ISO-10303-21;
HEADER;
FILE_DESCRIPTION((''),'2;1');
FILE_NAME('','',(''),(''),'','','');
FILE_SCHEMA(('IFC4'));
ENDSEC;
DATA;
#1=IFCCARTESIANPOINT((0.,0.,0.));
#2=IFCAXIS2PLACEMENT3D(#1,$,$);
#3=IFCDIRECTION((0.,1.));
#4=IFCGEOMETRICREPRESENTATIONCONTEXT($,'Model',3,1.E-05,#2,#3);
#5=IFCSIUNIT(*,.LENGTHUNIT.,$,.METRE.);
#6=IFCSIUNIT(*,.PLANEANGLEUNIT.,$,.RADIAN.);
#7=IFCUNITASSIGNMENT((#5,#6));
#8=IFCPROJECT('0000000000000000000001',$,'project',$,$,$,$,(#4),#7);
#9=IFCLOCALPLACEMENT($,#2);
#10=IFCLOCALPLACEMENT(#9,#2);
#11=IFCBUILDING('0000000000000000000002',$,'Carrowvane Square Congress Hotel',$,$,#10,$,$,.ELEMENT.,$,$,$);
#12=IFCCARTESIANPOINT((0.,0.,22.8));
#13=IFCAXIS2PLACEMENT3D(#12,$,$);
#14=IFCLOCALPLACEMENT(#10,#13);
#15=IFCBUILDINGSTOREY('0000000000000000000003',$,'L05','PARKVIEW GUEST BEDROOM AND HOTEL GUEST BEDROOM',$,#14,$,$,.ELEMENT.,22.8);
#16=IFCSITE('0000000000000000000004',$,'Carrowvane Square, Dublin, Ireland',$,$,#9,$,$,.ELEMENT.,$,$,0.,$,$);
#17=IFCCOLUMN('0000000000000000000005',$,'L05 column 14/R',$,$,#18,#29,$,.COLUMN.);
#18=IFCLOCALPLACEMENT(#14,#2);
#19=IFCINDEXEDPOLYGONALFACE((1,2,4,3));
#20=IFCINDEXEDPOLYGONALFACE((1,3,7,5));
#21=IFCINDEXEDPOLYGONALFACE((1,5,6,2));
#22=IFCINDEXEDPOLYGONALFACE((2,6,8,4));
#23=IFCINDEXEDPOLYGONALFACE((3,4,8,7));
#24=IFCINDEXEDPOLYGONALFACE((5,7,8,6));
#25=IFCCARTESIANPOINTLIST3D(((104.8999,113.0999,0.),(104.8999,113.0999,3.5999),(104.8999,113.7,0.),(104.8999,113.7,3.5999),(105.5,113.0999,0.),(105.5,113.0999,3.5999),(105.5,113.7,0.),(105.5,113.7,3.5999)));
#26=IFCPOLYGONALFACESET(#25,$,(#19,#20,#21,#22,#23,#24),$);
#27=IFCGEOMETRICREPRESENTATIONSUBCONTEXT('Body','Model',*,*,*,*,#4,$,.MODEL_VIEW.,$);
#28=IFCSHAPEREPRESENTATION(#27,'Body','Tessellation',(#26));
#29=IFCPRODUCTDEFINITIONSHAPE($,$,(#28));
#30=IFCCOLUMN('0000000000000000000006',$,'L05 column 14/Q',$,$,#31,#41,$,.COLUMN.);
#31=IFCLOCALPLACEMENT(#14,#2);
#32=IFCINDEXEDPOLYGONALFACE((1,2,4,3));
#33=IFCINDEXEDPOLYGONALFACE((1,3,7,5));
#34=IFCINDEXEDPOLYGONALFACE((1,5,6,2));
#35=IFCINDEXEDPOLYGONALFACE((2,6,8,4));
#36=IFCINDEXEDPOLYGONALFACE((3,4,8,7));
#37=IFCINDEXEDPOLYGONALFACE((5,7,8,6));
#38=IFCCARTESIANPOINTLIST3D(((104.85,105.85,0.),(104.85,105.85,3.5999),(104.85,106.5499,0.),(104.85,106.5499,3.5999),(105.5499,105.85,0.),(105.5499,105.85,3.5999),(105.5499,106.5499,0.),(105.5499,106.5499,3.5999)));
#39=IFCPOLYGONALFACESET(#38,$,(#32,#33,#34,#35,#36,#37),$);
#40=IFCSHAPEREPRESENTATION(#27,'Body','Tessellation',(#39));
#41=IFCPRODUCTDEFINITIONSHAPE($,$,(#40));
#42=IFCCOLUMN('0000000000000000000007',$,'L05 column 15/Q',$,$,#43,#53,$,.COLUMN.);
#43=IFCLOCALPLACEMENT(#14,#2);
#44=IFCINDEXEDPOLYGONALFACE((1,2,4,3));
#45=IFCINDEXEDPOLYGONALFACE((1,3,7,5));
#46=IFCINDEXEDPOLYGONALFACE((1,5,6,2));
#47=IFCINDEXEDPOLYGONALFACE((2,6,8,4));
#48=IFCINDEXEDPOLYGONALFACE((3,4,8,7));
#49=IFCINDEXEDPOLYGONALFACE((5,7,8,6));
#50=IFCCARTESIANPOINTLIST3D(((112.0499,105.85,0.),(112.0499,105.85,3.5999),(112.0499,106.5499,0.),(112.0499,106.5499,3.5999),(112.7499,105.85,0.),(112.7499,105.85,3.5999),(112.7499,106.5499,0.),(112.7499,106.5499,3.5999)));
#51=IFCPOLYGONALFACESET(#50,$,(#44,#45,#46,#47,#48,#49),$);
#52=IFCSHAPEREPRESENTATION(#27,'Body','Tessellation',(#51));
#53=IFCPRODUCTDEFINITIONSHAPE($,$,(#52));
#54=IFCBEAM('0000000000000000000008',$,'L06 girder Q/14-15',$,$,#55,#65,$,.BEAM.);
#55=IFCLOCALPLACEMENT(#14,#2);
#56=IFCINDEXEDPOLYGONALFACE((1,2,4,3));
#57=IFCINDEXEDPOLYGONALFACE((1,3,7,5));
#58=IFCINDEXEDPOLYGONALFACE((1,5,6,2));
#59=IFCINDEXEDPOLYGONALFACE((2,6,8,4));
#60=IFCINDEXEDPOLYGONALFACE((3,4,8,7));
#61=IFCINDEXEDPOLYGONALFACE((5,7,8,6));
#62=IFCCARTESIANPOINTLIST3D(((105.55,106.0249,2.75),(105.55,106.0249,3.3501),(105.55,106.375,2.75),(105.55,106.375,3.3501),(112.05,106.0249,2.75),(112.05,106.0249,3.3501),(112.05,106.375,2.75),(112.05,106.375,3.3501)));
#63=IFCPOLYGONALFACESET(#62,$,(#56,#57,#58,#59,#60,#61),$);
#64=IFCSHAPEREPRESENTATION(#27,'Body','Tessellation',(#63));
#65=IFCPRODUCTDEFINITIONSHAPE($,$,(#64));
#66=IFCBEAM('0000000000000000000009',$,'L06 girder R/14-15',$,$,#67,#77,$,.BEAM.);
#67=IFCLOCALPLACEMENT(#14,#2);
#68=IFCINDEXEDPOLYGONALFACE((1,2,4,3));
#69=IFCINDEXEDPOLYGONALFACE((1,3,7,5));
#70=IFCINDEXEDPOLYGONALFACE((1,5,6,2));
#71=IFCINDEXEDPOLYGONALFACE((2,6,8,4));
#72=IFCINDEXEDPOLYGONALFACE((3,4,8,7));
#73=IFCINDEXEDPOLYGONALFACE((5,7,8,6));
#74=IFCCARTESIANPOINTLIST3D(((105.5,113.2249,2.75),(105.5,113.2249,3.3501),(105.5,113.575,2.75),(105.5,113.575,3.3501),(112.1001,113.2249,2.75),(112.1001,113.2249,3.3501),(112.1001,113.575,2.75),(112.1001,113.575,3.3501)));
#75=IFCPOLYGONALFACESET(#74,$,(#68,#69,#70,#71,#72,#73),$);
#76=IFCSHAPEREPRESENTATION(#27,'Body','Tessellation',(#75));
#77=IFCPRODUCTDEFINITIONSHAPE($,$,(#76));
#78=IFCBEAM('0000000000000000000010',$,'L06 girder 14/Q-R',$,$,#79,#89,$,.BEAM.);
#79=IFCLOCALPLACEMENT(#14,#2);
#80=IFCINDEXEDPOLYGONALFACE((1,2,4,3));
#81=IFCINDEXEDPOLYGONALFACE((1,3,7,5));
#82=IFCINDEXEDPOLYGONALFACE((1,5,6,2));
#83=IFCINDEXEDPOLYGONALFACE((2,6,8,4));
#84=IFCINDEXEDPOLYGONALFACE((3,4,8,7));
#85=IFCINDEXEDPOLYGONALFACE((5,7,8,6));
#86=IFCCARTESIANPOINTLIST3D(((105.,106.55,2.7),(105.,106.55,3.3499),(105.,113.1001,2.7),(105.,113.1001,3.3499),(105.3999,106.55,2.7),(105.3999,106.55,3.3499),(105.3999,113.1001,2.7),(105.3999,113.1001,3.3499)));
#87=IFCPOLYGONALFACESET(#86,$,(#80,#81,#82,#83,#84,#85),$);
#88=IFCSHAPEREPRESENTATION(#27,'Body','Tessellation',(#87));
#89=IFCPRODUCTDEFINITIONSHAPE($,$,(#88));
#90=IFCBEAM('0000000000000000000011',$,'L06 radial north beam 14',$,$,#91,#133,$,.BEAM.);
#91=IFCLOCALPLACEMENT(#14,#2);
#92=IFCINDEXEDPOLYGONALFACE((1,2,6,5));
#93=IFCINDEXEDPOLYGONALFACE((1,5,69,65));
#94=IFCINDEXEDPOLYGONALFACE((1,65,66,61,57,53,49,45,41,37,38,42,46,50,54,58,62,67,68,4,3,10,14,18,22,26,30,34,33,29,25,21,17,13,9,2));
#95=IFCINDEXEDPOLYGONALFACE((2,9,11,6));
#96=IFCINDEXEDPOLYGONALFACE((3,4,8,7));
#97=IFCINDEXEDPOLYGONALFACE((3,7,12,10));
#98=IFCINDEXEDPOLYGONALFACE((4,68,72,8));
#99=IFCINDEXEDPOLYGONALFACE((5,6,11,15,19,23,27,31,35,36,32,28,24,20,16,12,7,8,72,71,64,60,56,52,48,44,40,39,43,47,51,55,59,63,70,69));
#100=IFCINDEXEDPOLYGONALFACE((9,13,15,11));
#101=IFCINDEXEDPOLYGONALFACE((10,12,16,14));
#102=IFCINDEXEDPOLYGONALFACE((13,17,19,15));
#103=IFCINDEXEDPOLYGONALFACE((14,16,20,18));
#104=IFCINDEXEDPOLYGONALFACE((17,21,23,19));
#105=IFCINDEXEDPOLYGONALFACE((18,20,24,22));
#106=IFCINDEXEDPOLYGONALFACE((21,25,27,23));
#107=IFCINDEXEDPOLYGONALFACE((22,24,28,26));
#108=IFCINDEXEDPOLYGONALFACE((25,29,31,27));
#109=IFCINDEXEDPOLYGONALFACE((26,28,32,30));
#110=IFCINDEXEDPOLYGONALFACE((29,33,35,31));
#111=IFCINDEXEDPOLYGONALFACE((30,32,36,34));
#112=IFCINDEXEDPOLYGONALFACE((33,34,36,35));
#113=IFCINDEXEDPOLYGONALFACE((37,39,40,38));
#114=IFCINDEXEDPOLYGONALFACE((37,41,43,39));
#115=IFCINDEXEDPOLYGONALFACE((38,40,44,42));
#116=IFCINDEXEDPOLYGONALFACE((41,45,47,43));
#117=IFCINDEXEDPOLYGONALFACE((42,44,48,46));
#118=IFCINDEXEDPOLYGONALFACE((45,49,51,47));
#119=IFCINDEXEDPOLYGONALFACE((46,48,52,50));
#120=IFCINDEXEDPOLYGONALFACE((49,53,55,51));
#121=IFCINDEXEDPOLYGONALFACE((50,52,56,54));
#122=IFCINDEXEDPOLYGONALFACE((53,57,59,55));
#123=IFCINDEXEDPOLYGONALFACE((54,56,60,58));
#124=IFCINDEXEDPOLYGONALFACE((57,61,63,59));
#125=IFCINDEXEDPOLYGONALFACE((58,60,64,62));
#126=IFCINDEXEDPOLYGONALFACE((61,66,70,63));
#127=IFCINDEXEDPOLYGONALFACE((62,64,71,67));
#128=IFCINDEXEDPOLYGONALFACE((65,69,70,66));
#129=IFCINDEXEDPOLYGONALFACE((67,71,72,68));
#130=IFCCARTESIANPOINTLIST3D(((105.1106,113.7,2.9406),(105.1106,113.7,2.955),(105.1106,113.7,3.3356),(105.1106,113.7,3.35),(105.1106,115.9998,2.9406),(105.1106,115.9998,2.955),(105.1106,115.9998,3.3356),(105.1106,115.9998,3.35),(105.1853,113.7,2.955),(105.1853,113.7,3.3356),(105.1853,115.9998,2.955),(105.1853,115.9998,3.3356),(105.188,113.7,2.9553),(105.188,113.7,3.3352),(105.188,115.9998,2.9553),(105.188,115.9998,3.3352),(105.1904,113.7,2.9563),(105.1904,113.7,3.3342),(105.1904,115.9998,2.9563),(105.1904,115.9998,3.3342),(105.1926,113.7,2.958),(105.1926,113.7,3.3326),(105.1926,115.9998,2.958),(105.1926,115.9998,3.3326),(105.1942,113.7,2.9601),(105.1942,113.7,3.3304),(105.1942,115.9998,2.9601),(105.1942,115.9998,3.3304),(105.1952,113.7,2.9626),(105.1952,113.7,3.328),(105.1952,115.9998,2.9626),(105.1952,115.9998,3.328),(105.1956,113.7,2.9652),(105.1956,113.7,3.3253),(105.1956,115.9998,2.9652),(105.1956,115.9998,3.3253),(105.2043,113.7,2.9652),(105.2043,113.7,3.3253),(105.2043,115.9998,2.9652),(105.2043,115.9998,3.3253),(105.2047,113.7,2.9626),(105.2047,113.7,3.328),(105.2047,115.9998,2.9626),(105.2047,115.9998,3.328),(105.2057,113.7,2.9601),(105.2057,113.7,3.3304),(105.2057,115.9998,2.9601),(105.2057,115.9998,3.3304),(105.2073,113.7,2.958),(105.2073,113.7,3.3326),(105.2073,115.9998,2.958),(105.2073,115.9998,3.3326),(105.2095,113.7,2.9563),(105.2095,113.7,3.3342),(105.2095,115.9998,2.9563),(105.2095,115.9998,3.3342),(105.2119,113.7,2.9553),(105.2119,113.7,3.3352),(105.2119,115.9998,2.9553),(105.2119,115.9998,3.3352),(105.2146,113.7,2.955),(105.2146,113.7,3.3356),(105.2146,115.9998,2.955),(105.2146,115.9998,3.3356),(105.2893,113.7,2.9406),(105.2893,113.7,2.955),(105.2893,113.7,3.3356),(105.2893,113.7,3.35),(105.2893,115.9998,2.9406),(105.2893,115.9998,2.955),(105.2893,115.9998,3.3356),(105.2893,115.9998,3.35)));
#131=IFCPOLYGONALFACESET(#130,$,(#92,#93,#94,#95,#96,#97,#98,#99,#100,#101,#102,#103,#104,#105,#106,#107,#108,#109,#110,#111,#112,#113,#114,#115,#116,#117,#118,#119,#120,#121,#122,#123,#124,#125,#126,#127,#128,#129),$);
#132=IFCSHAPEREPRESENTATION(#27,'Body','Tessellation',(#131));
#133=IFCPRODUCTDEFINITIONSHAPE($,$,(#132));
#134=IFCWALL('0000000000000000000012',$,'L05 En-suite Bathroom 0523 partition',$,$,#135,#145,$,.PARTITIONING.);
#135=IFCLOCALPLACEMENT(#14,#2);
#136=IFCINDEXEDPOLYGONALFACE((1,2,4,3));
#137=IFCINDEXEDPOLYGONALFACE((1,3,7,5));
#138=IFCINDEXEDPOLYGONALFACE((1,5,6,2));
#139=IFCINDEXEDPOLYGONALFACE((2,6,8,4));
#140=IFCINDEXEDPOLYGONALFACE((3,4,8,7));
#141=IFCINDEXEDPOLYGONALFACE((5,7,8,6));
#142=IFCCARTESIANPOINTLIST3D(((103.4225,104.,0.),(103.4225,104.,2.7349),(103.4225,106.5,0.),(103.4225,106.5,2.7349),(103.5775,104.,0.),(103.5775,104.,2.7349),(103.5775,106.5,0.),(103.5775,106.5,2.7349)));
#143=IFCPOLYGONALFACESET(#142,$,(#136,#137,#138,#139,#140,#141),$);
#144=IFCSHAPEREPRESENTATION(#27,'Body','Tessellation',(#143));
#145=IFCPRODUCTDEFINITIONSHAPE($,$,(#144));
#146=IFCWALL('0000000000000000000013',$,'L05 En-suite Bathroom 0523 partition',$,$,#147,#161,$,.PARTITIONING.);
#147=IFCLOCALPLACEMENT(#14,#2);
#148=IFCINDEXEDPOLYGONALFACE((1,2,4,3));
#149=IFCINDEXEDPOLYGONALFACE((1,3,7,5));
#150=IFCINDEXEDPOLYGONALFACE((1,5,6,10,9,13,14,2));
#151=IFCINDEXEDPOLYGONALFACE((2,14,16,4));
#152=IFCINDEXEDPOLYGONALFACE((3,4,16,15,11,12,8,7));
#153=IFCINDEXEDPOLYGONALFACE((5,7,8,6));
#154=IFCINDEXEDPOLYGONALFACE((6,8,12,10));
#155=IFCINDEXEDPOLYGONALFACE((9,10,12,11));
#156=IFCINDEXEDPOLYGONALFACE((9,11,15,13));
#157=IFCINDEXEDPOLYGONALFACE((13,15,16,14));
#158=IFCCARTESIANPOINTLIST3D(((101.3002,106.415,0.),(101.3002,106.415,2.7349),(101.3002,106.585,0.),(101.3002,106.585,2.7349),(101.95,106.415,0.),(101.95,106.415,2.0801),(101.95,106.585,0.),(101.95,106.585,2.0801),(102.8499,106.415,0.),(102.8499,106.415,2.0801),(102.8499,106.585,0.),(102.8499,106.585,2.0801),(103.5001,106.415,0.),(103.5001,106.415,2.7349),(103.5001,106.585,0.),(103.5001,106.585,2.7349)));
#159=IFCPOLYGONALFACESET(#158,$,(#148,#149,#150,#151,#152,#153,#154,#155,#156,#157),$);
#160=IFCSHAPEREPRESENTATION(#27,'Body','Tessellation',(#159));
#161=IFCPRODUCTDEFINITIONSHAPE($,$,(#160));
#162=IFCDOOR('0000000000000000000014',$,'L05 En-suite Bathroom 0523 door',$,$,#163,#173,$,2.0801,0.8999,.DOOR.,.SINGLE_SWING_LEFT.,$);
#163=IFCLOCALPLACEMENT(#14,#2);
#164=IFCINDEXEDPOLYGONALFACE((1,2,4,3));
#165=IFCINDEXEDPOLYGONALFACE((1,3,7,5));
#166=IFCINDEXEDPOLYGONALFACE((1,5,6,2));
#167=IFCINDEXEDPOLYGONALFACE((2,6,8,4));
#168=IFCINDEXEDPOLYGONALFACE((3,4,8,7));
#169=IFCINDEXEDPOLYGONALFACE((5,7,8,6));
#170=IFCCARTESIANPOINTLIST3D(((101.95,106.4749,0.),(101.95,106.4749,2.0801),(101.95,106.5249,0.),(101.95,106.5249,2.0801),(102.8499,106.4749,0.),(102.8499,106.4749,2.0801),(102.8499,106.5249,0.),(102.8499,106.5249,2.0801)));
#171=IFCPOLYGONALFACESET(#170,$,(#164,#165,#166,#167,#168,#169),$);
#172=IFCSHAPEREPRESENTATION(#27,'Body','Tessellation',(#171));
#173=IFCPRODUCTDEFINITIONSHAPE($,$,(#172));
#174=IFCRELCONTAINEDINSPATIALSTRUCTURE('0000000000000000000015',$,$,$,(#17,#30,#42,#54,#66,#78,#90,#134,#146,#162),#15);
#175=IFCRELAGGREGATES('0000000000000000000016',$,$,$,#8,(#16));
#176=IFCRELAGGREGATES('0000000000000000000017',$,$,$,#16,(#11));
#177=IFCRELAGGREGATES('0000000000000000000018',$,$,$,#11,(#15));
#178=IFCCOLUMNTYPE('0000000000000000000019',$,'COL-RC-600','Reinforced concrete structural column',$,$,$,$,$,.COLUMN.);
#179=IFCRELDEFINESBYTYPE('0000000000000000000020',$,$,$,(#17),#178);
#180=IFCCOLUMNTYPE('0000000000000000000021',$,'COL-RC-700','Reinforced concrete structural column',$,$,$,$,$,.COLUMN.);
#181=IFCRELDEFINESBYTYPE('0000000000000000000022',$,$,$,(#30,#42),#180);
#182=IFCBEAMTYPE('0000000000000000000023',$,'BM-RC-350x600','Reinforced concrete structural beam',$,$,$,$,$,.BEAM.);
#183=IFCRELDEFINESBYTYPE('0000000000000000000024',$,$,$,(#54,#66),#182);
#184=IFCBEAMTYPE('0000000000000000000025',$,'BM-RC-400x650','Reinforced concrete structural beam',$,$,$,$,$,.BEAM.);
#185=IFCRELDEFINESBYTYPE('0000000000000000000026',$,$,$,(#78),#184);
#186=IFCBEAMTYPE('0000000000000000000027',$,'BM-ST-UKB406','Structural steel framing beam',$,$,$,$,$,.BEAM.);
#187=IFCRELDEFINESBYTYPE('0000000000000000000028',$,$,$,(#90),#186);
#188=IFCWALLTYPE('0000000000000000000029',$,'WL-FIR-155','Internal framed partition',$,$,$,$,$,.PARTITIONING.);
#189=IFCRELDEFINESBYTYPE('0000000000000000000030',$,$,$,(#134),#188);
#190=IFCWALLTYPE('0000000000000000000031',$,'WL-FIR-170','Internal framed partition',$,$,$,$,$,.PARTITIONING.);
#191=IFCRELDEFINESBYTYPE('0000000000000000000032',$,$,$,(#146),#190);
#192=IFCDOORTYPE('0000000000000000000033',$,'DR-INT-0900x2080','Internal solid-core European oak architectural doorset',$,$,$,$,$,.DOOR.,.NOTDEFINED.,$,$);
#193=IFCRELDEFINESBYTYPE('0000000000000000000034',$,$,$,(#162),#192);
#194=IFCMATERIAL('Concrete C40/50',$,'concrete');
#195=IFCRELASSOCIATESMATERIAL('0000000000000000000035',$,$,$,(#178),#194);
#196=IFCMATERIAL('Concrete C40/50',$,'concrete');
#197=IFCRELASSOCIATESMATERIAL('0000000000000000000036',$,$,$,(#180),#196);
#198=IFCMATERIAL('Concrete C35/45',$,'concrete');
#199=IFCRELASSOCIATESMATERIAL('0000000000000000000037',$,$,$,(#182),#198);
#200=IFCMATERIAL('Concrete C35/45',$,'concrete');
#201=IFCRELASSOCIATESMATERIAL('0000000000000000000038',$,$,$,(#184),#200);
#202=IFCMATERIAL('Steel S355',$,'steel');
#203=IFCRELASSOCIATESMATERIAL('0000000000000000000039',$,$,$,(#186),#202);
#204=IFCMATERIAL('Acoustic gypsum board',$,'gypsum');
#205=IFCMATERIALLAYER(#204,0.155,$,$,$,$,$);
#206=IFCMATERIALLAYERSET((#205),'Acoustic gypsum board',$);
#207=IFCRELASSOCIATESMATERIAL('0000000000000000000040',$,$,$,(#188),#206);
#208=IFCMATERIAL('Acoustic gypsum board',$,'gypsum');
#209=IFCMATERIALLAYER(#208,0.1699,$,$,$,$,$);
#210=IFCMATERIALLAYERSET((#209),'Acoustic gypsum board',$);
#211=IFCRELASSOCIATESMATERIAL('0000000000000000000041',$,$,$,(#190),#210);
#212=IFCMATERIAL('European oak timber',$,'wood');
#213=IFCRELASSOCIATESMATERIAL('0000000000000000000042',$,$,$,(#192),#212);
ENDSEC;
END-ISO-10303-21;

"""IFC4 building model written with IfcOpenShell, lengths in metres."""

from ifc_helpers import new_model, si_unit, direction, frame, frame_2d, origin, origin_2d, place, context, subcontext, project, spatial, rectangle, i_section, extrude, material, layer, layer_set, material_profile, profile_set, type_object, element, fill, save


model = new_model("IFC4")

# Units and contexts
model_context = context("Model", 3, precision=1e-05, world=origin(), true_north=direction((0.0, 1.0)))
body_context = subcontext(model_context, "Body", "Model", "MODEL_VIEW")
ifc_project = project(units=[si_unit("LENGTHUNIT", "METRE"), si_unit("PLANEANGLEUNIT", "RADIAN")], contexts=[model_context])

# Site, building, storey
site_placement = place(None, origin())
site = spatial("IfcSite", under=ifc_project, at=site_placement, Name="Carrowvane Square, Dublin, Ireland", CompositionType="ELEMENT", RefElevation=0.0)
building_placement = place(site_placement, origin())
building = spatial("IfcBuilding", under=site, at=building_placement, Name="Carrowvane Square Congress Hotel", CompositionType="ELEMENT")
storey_placement = place(building_placement, frame((0.0, 0.0, 22.8)))
storey = spatial("IfcBuildingStorey", under=building, at=storey_placement, Name="L05", Description="PARKVIEW GUEST BEDROOM AND HOTEL GUEST BEDROOM", CompositionType="ELEMENT", Elevation=22.8)

# Columns
ifc_material_1 = material(Name="Concrete C40/50", Category="concrete")
ifc_material_profile_1 = material_profile(ifc_material_1, rectangle(XDim=0.6001, YDim=0.6001, at=origin_2d()), Name="RC 600x600")
ifc_profile_set_1 = profile_set([ifc_material_profile_1], Name="Concrete C40/50")
column_type_1 = type_object("IfcColumnType", Name="COL-RC-600", Description="Reinforced concrete structural column", PredefinedType="COLUMN", material=ifc_profile_set_1)
column_placement = place(storey_placement, frame((105.2, 113.3999, 0.0), z_axis=(0.0, 0.0, 1.0), x_axis=(1.0, 0.0, 0.0)))
element("IfcColumn", 1, at=column_placement, inside=storey, type_object=column_type_1, Name="L05 column 14/R", PredefinedType="COLUMN", context=body_context, shape_type="SweptSolid", body=[
    extrude(rectangle(XDim=0.6001, YDim=0.6001, at=origin_2d()), origin(), (0.0, 0.0, 1.0), 3.5999),
])
ifc_material_2 = material(Name="Concrete C40/50", Category="concrete")
ifc_material_profile_2 = material_profile(ifc_material_2, rectangle(XDim=0.7, YDim=0.7, at=origin_2d()), Name="RC 700x700")
ifc_profile_set_2 = profile_set([ifc_material_profile_2], Name="Concrete C40/50")
column_type_2 = type_object("IfcColumnType", Name="COL-RC-700", Description="Reinforced concrete structural column", PredefinedType="COLUMN", material=ifc_profile_set_2)
for number, where, z_axis, x_axis, name in (
    (2, (105.2, 106.2, 0.0), (0.0, 0.0, 1.0), (1.0, 0.0, 0.0), "L05 column 14/Q"),
    (3, (112.3999, 106.2, 0.0), (0.0, 0.0, 1.0), (1.0, 0.0, 0.0), "L05 column 15/Q"),
):
    element("IfcColumn", number, at=place(storey_placement, frame(where, z_axis=z_axis, x_axis=x_axis)), inside=storey, type_object=column_type_2, Name=name, PredefinedType="COLUMN", context=body_context, shape_type="SweptSolid", body=[
        extrude(rectangle(XDim=0.7, YDim=0.7, at=origin_2d()), origin(), (0.0, 0.0, 1.0), 3.5999),
    ])

# Beams
ifc_material_3 = material(Name="Concrete C35/45", Category="concrete")
ifc_material_profile_3 = material_profile(ifc_material_3, rectangle(XDim=0.3501, YDim=0.6001, at=origin_2d()), Name="RC 350x600")
ifc_profile_set_3 = profile_set([ifc_material_profile_3], Name="Concrete C35/45")
beam_type_1 = type_object("IfcBeamType", Name="BM-RC-350x600", Description="Reinforced concrete structural beam", PredefinedType="BEAM", material=ifc_profile_set_3)
beam_1_placement = place(storey_placement, frame((105.55, 106.2, 3.05), z_axis=(1.0, 0.0, 0.0), x_axis=(0.0, 1.0, 0.0)))
element("IfcBeam", 4, at=beam_1_placement, inside=storey, type_object=beam_type_1, Name="L06 girder Q/14-15", PredefinedType="BEAM", context=body_context, shape_type="SweptSolid", body=[
    extrude(rectangle(XDim=0.3501, YDim=0.6001, at=origin_2d()), origin(), (0.0, 0.0, 1.0), 6.5),
])
beam_2_placement = place(storey_placement, frame((105.5, 113.3999, 3.05), z_axis=(1.0, 0.0, 0.0), x_axis=(0.0, 1.0, 0.0)))
element("IfcBeam", 5, at=beam_2_placement, inside=storey, type_object=beam_type_1, Name="L06 girder R/14-15", PredefinedType="BEAM", context=body_context, shape_type="SweptSolid", body=[
    extrude(rectangle(XDim=0.3501, YDim=0.6001, at=origin_2d()), origin(), (0.0, 0.0, 1.0), 6.6001),
])
ifc_material_4 = material(Name="Concrete C35/45", Category="concrete")
ifc_material_profile_4 = material_profile(ifc_material_4, rectangle(XDim=0.3999, YDim=0.6499, at=origin_2d()), Name="RC 400x650")
ifc_profile_set_4 = profile_set([ifc_material_profile_4], Name="Concrete C35/45")
beam_type_2 = type_object("IfcBeamType", Name="BM-RC-400x650", Description="Reinforced concrete structural beam", PredefinedType="BEAM", material=ifc_profile_set_4)
beam_3_placement = place(storey_placement, frame((105.2, 106.55, 3.0249), z_axis=(0.0, 1.0, 0.0), x_axis=(-1.0, 0.0, 0.0)))
element("IfcBeam", 6, at=beam_3_placement, inside=storey, type_object=beam_type_2, Name="L06 girder 14/Q-R", PredefinedType="BEAM", context=body_context, shape_type="SweptSolid", body=[
    extrude(rectangle(XDim=0.3999, YDim=0.6499, at=origin_2d()), origin(), (0.0, 0.0, 1.0), 6.55),
])
ifc_material_5 = material(Name="Steel S355", Category="steel")
ifc_material_profile_5 = material_profile(ifc_material_5, i_section(OverallWidth=0.1787, OverallDepth=0.4094, WebThickness=0.0088, FlangeThickness=0.0144, FilletRadius=0.0103, at=origin_2d()), Name="UKB 406x178x67")
ifc_profile_set_5 = profile_set([ifc_material_profile_5], Name="Steel S355")
beam_type_3 = type_object("IfcBeamType", Name="BM-ST-UKB406", Description="Structural steel framing beam", PredefinedType="BEAM", material=ifc_profile_set_5)
beam_4_placement = place(storey_placement, frame((105.2, 113.7, 3.1453), z_axis=(0.0, 1.0, 0.0), x_axis=(-1.0, 0.0, 0.0)))
element("IfcBeam", 7, at=beam_4_placement, inside=storey, type_object=beam_type_3, Name="L06 radial north beam 14", PredefinedType="BEAM", context=body_context, shape_type="SweptSolid", body=[
    extrude(i_section(OverallWidth=0.1787, OverallDepth=0.4094, WebThickness=0.0088, FlangeThickness=0.0144, FilletRadius=0.0103, at=origin_2d()), origin(), (0.0, 0.0, 1.0), 2.2998),
])

# Wall
ifc_material_6 = material(Name="Acoustic gypsum board", Category="gypsum")
ifc_layer_1 = layer(ifc_material_6, 0.155)
ifc_layer_set_1 = layer_set([ifc_layer_1], Name="Acoustic gypsum board")
wall_type_1 = type_object("IfcWallType", Name="WL-FIR-155", Description="Internal framed partition", PredefinedType="PARTITIONING", material=ifc_layer_set_1)
wall_1_placement = place(storey_placement, frame((103.5, 106.5, 0.0), z_axis=(0.0, 0.0, 1.0), x_axis=(0.0, -1.0, 0.0)))
element("IfcWall", 8, at=wall_1_placement, inside=storey, type_object=wall_type_1, Name="L05 En-suite Bathroom 0523 partition", PredefinedType="PARTITIONING", context=body_context, shape_type="SweptSolid", body=[
    extrude(rectangle(XDim=2.5, YDim=0.155, at=frame_2d((1.25, 0.0))), origin(), (0.0, 0.0, 1.0), 2.7349),
])

# Wall, opening, door
ifc_material_7 = material(Name="Acoustic gypsum board", Category="gypsum")
ifc_layer_2 = layer(ifc_material_7, 0.1699)
ifc_layer_set_2 = layer_set([ifc_layer_2], Name="Acoustic gypsum board")
wall_type_2 = type_object("IfcWallType", Name="WL-FIR-170", Description="Internal framed partition", PredefinedType="PARTITIONING", material=ifc_layer_set_2)
wall_2_placement = place(storey_placement, frame((101.3, 106.5, 0.0), z_axis=(0.0, 0.0, 1.0), x_axis=(1.0, 0.0, 0.0)))
wall_2 = element("IfcWall", 9, at=wall_2_placement, inside=storey, type_object=wall_type_2, Name="L05 En-suite Bathroom 0523 partition", PredefinedType="PARTITIONING", context=body_context, shape_type="SweptSolid", body=[
    extrude(rectangle(XDim=2.2, YDim=0.1699, at=frame_2d((1.1001, 0.0))), origin(), (0.0, 0.0, 1.0), 2.7349),
])
opening_1_placement = place(wall_2_placement, frame((0.6499, 0.0, 0.0)))
opening_1 = element("IfcOpeningElement", 10, at=opening_1_placement, cuts=wall_2, PredefinedType="OPENING", context=body_context, shape_type="SweptSolid", body=[
    extrude(rectangle(XDim=0.8999, YDim=2.0801, at=frame_2d((0.45, 1.04))), frame((0.0, 0.095, 0.0), z_axis=(0.0, -1.0, 0.0), x_axis=(1.0, 0.0, 0.0)), (0.0, 0.0, 1.0), 0.1899),
])
ifc_material_8 = material(Name="European oak timber", Category="wood")
door_type_1 = type_object("IfcDoorType", Name="DR-INT-0900x2080", Description="Internal solid-core European oak architectural doorset", OperationType="NOTDEFINED", PredefinedType="DOOR", material=ifc_material_8)
door_1_placement = place(opening_1_placement, origin())
door_1 = element("IfcDoor", 11, at=door_1_placement, inside=storey, type_object=door_type_1, Name="L05 En-suite Bathroom 0523 door", OperationType="SINGLE_SWING_LEFT", OverallHeight=2.0801, OverallWidth=0.8999, PredefinedType="DOOR", context=body_context, shape_type="SweptSolid", body=[
    extrude(rectangle(XDim=0.8999, YDim=2.0801, at=frame_2d((0.45, 1.04))), frame((0.0, 0.0249, 0.0), z_axis=(0.0, -1.0, 0.0), x_axis=(1.0, 0.0, 0.0)), (0.0, 0.0, 1.0), 0.05),
])
fill(opening_1, door_1)

save(model, "model.ifc")
